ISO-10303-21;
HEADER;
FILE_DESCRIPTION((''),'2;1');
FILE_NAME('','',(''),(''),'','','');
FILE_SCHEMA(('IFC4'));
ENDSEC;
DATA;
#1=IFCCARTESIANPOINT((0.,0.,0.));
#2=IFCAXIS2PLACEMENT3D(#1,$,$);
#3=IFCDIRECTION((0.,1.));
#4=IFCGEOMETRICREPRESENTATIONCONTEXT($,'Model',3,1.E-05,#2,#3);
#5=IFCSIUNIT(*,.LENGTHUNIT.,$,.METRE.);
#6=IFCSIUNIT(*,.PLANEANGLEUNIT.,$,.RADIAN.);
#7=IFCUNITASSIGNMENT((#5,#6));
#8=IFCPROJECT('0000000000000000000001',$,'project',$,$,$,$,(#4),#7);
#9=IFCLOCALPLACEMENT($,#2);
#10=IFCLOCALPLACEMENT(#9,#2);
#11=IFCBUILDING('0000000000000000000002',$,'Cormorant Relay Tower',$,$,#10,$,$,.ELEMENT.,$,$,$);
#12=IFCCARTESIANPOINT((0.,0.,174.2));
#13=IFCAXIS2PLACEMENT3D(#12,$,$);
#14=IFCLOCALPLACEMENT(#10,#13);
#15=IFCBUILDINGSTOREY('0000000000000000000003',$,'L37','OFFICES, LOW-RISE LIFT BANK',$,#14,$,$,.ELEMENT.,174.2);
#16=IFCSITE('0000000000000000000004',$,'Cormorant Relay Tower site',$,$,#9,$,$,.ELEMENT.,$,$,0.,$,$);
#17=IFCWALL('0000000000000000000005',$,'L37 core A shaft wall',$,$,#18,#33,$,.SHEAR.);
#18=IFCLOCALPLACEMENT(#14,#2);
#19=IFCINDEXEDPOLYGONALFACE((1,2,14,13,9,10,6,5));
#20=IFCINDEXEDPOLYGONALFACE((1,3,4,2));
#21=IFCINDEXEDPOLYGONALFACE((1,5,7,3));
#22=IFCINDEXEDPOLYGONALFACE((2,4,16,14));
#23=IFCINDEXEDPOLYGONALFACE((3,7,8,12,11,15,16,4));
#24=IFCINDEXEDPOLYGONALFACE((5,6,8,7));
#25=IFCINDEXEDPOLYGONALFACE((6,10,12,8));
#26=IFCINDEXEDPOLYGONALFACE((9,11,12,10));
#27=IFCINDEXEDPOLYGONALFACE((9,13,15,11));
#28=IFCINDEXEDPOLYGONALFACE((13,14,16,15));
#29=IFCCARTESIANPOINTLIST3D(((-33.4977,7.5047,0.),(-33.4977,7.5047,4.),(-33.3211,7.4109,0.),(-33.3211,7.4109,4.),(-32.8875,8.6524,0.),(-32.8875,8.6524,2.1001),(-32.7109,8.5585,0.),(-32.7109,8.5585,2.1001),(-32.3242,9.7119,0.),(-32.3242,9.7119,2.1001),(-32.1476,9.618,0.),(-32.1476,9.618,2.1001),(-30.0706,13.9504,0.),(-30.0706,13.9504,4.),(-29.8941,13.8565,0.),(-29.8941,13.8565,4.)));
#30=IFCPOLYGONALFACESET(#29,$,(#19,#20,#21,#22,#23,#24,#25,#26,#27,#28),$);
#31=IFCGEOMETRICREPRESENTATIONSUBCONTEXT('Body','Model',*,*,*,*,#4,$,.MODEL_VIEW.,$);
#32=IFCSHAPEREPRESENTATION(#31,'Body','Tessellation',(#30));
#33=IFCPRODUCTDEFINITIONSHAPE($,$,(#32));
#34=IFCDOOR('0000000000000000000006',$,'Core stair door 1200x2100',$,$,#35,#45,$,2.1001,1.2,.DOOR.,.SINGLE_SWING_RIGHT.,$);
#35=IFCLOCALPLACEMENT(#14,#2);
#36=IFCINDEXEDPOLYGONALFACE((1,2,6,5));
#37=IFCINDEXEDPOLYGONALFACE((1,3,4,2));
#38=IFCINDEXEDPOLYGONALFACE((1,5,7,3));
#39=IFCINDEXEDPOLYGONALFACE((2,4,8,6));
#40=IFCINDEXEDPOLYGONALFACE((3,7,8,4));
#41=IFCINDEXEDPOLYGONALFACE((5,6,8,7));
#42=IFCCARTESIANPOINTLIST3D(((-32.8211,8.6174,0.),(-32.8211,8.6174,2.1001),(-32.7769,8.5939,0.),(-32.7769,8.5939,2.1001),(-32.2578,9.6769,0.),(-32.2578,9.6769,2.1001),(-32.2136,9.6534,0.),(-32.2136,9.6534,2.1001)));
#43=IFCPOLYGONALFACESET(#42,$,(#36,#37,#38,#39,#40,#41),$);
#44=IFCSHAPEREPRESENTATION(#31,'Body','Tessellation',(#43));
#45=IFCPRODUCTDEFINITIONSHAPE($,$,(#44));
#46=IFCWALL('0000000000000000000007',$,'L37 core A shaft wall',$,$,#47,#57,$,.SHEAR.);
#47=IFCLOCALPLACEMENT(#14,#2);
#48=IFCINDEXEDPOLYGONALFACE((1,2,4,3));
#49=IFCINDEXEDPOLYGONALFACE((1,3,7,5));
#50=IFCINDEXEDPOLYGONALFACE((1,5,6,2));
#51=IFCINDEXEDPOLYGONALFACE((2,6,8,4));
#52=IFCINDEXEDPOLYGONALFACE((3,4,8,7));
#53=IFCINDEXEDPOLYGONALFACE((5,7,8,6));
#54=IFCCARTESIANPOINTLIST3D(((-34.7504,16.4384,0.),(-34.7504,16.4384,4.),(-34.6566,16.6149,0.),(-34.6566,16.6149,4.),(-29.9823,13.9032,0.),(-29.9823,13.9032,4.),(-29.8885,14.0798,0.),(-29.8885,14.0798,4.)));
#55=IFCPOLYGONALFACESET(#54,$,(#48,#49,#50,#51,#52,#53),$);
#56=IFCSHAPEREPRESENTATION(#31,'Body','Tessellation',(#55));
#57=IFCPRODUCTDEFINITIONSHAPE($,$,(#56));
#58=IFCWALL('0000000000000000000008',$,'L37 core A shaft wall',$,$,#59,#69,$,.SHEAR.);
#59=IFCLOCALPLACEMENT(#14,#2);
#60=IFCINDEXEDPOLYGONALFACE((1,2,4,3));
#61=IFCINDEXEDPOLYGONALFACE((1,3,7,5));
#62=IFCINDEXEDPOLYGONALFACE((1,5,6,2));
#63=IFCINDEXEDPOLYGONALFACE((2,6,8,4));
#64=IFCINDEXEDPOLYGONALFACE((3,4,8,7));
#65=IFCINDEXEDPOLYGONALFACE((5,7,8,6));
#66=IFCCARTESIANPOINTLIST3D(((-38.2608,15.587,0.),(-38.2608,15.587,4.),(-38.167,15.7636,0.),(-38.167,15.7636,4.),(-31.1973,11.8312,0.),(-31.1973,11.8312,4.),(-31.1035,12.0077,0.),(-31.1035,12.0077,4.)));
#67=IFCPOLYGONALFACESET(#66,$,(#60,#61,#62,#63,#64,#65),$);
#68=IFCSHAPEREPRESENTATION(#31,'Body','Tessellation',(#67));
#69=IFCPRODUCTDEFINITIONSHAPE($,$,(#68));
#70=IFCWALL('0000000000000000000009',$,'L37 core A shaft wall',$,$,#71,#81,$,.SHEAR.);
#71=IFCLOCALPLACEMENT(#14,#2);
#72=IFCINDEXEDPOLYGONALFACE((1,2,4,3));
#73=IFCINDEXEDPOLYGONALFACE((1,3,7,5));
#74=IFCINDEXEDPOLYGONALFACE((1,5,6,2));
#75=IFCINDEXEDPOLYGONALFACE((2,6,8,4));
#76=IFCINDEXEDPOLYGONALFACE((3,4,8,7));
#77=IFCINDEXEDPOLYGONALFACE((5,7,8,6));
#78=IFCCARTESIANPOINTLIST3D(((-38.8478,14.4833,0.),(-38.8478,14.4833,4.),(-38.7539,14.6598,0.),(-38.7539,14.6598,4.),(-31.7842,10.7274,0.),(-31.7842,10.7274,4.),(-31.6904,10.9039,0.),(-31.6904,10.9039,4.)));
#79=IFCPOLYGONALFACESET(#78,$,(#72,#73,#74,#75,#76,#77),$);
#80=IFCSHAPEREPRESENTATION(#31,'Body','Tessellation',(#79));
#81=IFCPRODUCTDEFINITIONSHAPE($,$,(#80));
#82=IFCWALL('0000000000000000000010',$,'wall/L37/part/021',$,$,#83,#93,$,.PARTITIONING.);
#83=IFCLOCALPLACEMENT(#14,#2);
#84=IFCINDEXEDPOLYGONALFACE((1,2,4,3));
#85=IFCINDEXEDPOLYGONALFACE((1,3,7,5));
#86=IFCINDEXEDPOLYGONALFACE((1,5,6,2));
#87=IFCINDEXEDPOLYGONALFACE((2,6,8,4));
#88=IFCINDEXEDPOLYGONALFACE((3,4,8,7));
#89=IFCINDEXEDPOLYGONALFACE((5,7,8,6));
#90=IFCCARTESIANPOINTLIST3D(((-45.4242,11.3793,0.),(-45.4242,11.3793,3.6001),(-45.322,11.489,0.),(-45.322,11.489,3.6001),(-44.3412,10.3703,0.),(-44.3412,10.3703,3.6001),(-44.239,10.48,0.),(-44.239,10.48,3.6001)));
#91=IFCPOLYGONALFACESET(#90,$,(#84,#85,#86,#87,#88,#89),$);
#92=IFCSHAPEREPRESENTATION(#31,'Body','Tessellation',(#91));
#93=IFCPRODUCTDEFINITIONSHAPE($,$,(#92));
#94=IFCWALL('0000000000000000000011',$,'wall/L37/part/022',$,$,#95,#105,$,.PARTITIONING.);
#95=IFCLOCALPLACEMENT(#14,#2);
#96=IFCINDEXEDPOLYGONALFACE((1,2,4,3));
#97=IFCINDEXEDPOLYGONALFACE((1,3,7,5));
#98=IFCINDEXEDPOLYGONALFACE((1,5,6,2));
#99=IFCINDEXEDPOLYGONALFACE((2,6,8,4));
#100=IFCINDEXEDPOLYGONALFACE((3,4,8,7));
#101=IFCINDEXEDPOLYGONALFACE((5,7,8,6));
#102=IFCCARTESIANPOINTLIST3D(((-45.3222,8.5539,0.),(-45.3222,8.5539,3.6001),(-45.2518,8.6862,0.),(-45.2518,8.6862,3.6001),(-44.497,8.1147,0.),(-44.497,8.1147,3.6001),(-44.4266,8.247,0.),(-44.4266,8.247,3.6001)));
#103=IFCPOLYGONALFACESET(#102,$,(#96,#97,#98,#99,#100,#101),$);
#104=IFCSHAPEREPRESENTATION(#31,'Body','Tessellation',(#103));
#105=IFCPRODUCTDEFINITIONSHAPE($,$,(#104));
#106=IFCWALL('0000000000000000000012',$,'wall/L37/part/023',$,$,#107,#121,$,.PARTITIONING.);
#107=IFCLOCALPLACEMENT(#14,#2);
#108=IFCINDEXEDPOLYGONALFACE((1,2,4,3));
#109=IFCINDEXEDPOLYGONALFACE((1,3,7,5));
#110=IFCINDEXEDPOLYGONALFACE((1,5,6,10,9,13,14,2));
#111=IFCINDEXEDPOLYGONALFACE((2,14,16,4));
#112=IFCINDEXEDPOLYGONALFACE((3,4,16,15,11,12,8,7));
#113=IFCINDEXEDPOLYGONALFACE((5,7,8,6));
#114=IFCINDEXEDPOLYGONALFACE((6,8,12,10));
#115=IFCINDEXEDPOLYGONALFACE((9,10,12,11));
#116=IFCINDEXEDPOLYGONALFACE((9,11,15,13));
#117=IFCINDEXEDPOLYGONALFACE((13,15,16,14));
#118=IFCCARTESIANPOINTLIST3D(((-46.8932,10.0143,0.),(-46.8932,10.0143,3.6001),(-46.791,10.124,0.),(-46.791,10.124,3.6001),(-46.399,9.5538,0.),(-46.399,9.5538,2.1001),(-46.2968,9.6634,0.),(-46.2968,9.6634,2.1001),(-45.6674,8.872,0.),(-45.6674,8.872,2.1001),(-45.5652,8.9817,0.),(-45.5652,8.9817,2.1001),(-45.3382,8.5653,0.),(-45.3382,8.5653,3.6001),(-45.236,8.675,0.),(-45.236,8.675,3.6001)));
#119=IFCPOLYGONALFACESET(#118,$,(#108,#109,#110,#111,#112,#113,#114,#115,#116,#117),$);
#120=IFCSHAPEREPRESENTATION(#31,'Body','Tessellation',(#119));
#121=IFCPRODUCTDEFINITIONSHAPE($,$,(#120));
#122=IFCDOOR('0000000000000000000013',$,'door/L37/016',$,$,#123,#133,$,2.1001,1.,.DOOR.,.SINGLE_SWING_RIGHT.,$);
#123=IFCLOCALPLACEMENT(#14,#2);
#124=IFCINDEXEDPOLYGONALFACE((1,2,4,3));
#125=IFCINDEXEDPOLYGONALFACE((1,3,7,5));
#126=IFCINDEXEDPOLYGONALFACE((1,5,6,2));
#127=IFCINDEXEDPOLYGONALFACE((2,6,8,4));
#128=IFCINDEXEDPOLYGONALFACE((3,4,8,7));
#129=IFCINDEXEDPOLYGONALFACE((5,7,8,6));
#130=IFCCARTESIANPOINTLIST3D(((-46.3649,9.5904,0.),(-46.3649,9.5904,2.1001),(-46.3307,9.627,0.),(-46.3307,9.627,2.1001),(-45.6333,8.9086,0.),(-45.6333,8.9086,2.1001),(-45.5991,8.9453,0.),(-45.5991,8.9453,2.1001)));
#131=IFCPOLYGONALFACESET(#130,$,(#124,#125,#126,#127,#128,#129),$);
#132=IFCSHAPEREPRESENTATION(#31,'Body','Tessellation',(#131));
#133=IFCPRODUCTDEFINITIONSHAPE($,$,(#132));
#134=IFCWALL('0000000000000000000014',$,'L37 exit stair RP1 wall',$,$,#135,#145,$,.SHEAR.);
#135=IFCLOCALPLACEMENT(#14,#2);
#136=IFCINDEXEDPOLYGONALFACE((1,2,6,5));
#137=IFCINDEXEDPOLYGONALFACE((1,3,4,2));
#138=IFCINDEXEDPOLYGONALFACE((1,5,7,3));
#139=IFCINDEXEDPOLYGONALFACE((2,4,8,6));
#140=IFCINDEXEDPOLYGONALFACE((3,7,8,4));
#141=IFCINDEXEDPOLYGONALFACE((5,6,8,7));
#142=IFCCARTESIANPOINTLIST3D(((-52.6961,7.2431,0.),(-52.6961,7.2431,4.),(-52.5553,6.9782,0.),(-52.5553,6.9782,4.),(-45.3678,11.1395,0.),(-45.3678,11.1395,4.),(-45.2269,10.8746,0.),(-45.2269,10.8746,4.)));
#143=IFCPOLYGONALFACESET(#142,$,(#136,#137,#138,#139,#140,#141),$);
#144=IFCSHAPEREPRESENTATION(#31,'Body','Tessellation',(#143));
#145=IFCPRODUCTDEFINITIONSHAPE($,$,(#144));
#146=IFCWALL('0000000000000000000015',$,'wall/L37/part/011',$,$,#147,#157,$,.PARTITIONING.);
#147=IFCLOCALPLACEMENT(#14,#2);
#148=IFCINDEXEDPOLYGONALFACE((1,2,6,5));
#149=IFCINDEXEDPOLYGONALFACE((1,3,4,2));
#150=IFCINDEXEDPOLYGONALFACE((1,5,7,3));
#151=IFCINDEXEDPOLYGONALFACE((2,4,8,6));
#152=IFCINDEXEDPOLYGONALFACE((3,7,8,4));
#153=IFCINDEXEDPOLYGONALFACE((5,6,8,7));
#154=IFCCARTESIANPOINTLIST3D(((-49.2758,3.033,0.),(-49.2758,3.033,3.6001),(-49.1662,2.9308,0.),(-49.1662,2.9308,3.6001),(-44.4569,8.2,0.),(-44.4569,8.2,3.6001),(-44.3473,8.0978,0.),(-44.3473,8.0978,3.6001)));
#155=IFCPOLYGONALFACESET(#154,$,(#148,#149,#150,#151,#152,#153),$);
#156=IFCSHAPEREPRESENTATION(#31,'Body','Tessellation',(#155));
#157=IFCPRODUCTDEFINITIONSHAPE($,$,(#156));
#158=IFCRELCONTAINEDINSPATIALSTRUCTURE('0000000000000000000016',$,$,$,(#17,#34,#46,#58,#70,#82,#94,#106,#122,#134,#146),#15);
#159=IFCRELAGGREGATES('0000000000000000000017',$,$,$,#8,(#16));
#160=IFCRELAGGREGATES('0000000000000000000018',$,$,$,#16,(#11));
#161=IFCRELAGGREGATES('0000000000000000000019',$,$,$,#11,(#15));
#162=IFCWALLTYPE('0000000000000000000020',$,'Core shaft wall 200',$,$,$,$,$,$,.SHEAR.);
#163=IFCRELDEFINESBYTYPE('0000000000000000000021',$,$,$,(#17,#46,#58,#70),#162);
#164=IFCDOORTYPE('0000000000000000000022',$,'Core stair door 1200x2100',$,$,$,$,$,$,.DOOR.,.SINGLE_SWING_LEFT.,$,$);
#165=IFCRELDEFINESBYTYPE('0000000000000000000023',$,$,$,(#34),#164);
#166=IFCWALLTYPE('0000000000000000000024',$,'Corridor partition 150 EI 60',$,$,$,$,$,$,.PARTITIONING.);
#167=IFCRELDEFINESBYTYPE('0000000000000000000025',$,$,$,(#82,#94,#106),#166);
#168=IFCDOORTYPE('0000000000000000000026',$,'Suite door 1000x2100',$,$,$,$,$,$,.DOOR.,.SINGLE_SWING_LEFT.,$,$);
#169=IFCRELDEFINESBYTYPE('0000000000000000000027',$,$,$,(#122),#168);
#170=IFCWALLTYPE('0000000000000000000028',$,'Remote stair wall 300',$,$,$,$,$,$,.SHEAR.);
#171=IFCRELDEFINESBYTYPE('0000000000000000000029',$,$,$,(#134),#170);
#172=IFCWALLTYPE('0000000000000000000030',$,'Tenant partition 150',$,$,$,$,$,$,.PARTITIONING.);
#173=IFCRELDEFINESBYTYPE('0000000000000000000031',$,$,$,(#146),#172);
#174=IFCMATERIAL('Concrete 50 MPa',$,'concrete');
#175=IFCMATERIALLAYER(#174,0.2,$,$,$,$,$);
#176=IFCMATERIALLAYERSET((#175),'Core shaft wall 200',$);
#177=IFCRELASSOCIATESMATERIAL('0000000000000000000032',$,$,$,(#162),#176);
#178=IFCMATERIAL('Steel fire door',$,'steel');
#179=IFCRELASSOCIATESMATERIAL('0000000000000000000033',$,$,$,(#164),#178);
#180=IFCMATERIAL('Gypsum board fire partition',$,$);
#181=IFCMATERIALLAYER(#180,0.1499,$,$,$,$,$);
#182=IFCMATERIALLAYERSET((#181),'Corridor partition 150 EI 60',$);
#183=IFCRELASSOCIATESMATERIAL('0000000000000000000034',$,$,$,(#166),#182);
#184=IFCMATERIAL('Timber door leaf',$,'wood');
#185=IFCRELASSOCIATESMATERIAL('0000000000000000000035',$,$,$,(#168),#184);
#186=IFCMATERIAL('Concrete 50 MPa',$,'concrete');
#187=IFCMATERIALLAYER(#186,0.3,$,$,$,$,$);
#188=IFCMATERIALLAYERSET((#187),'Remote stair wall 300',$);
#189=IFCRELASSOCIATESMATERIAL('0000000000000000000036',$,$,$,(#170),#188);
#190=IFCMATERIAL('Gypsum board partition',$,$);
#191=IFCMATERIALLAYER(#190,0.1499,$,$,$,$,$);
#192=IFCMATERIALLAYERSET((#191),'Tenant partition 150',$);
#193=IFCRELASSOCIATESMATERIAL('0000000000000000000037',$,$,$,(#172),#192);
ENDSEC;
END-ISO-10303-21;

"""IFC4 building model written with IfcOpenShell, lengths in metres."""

from ifc_helpers import new_model, si_unit, direction, frame, frame_2d, origin, place, context, subcontext, project, spatial, rectangle, extrude, material, layer, layer_set, type_object, element, fill, save


model = new_model("IFC4")

# Units and contexts
model_context = context("Model", 3, precision=1e-05, world=origin(), true_north=direction((0.0, 1.0)))
body_context = subcontext(model_context, "Body", "Model", "MODEL_VIEW")
ifc_project = project(units=[si_unit("LENGTHUNIT", "METRE"), si_unit("PLANEANGLEUNIT", "RADIAN")], contexts=[model_context])

# Site, building, storey
site_placement = place(None, origin())
site = spatial("IfcSite", under=ifc_project, at=site_placement, Name="Cormorant Relay Tower site", CompositionType="ELEMENT", RefElevation=0.0)
building_placement = place(site_placement, origin())
building = spatial("IfcBuilding", under=site, at=building_placement, Name="Cormorant Relay Tower", CompositionType="ELEMENT")
storey_placement = place(building_placement, frame((0.0, 0.0, 174.2)))
storey = spatial("IfcBuildingStorey", under=building, at=storey_placement, Name="L37", Description="OFFICES, LOW-RISE LIFT BANK", CompositionType="ELEMENT", Elevation=174.2)

# Wall, opening, door
ifc_material_1 = material(Name="Concrete 50 MPa", Category="concrete")
ifc_layer_1 = layer(ifc_material_1, 0.2)
ifc_layer_set_1 = layer_set([ifc_layer_1], Name="Core shaft wall 200")
wall_type_1 = type_object("IfcWallType", Name="Core shaft wall 200", PredefinedType="SHEAR", material=ifc_layer_set_1)
wall_1_placement = place(storey_placement, frame((-29.9824, 13.9033, 0.0), z_axis=(0.0, 0.0, 1.0), x_axis=(-0.469454, -0.882957, 0.0)))
wall_1 = element("IfcWall", 1, at=wall_1_placement, inside=storey, type_object=wall_type_1, Name="L37 core A shaft wall", PredefinedType="SHEAR", context=body_context, shape_type="SweptSolid", body=[
    extrude(rectangle(XDim=7.3, YDim=0.2, at=frame_2d((3.6499, 0.0))), origin(), (0.0, 0.0, 1.0), 4.0),
])
opening_1_placement = place(wall_1_placement, frame((4.8, 0.0, 0.0)))
opening_1 = element("IfcOpeningElement", 2, at=opening_1_placement, cuts=wall_1, PredefinedType="OPENING", context=body_context, shape_type="SweptSolid", body=[
    extrude(rectangle(XDim=1.2, YDim=2.1001, at=frame_2d((0.6001, 1.05))), frame((0.0, 0.1099, 0.0), z_axis=(0.0, -1.0, 0.0), x_axis=(1.0, 0.0, 0.0)), (0.0, 0.0, 1.0), 0.22),
])
ifc_material_2 = material(Name="Steel fire door", Category="steel")
door_type_1 = type_object("IfcDoorType", Name="Core stair door 1200x2100", OperationType="SINGLE_SWING_LEFT", PredefinedType="DOOR", material=ifc_material_2)
door_1_placement = place(opening_1_placement, frame((1.2, 0.0, 0.0), z_axis=(0.0, 0.0, 1.0), x_axis=(-1.0, 0.0, 0.0)))
door_1 = element("IfcDoor", 3, at=door_1_placement, inside=storey, type_object=door_type_1, Name="Core stair door 1200x2100", OperationType="SINGLE_SWING_RIGHT", OverallHeight=2.1001, OverallWidth=1.2, PredefinedType="DOOR", context=body_context, shape_type="SweptSolid", body=[
    extrude(rectangle(XDim=1.2, YDim=2.1001, at=frame_2d((0.6001, 1.05))), frame((0.0, 0.0249, 0.0), z_axis=(0.0, -1.0, 0.0), x_axis=(1.0, 0.0, 0.0)), (0.0, 0.0, 1.0), 0.05),
])
fill(opening_1, door_1)

# Walls
wall_2_placement = place(storey_placement, frame((-29.9353, 13.9915, 0.0), z_axis=(0.0, 0.0, 1.0), x_axis=(-0.882953, 0.469462, 0.0)))
element("IfcWall", 4, at=wall_2_placement, inside=storey, type_object=wall_type_1, Name="L37 core A shaft wall", PredefinedType="SHEAR", context=body_context, shape_type="SweptSolid", body=[
    extrude(rectangle(XDim=5.4001, YDim=0.2, at=frame_2d((2.7002, 0.0))), origin(), (0.0, 0.0, 1.0), 4.0),
])
for number, where, z_axis, x_axis, name in (
    (5, (-31.1504, 11.9194, 0.0), (0.0, 0.0, 1.0), (-0.88294, 0.469485, 0.0), "L37 core A shaft wall"),
    (6, (-31.7373, 10.8157, 0.0), (0.0, 0.0, 1.0), (-0.88294, 0.469485, 0.0), "L37 core A shaft wall"),
):
    element("IfcWall", number, at=place(storey_placement, frame(where, z_axis=z_axis, x_axis=x_axis)), inside=storey, type_object=wall_type_1, Name=name, PredefinedType="SHEAR", context=body_context, shape_type="SweptSolid", body=[
        extrude(rectangle(XDim=8.0, YDim=0.2, at=frame_2d((4.0, 0.0))), origin(), (0.0, 0.0, 1.0), 4.0),
    ])
ifc_material_3 = material(Name="Gypsum board fire partition")
ifc_layer_2 = layer(ifc_material_3, 0.1499)
ifc_layer_set_2 = layer_set([ifc_layer_2], Name="Corridor partition 150 EI 60")
wall_type_2 = type_object("IfcWallType", Name="Corridor partition 150 EI 60", PredefinedType="PARTITIONING", material=ifc_layer_set_2)
wall_3_placement = place(storey_placement, frame((-44.29, 10.425, 0.0), z_axis=(0.0, 0.0, 1.0), x_axis=(-0.731653, 0.681677, 0.0)))
element("IfcWall", 7, at=wall_3_placement, inside=storey, type_object=wall_type_2, Name="wall/L37/part/021", PredefinedType="PARTITIONING", context=body_context, shape_type="SweptSolid", body=[
    extrude(rectangle(XDim=1.4802, YDim=0.1499, at=frame_2d((0.7402, 0.0))), origin(), (0.0, 0.0, 1.0), 3.6001),
])
wall_4_placement = place(storey_placement, frame((-44.4619, 8.1809, 0.0), z_axis=(0.0, 0.0, 1.0), x_axis=(-0.88275, 0.469843, 0.0)))
element("IfcWall", 8, at=wall_4_placement, inside=storey, type_object=wall_type_2, Name="wall/L37/part/022", PredefinedType="PARTITIONING", context=body_context, shape_type="SweptSolid", body=[
    extrude(rectangle(XDim=0.9348, YDim=0.1499, at=frame_2d((0.4673, 0.0))), origin(), (0.0, 0.0, 1.0), 3.6001),
])

# Wall, opening, door
wall_5_placement = place(storey_placement, frame((-45.2871, 8.6201, 0.0), z_axis=(0.0, 0.0, 1.0), x_axis=(-0.731594, 0.681741, 0.0)))
wall_5 = element("IfcWall", 9, at=wall_5_placement, inside=storey, type_object=wall_type_2, Name="wall/L37/part/023", PredefinedType="PARTITIONING", context=body_context, shape_type="SweptSolid", body=[
    extrude(rectangle(XDim=2.1255, YDim=0.1499, at=frame_2d((1.0627, 0.0))), origin(), (0.0, 0.0, 1.0), 3.6001),
])
opening_2_placement = place(wall_5_placement, frame((0.45, 0.0, 0.0)))
opening_2 = element("IfcOpeningElement", 10, at=opening_2_placement, cuts=wall_5, PredefinedType="OPENING", context=body_context, shape_type="SweptSolid", body=[
    extrude(rectangle(XDim=1.0, YDim=2.1001, at=frame_2d((0.5, 1.05))), frame((0.0, 0.085, 0.0), z_axis=(0.0, -1.0, 0.0), x_axis=(1.0, 0.0, 0.0)), (0.0, 0.0, 1.0), 0.1699),
])
ifc_material_4 = material(Name="Timber door leaf", Category="wood")
door_type_2 = type_object("IfcDoorType", Name="Suite door 1000x2100", OperationType="SINGLE_SWING_LEFT", PredefinedType="DOOR", material=ifc_material_4)
door_2_placement = place(opening_2_placement, origin())
door_2 = element("IfcDoor", 11, at=door_2_placement, inside=storey, type_object=door_type_2, Name="door/L37/016", OperationType="SINGLE_SWING_RIGHT", OverallHeight=2.1001, OverallWidth=1.0, PredefinedType="DOOR", context=body_context, shape_type="SweptSolid", body=[
    extrude(rectangle(XDim=1.0, YDim=2.1001, at=frame_2d((0.5, 1.05))), frame((0.0, 0.0249, 0.0), z_axis=(0.0, -1.0, 0.0), x_axis=(1.0, 0.0, 0.0)), (0.0, 0.0, 1.0), 0.05),
])
fill(opening_2, door_2)

# Walls
ifc_material_5 = material(Name="Concrete 50 MPa", Category="concrete")
ifc_layer_3 = layer(ifc_material_5, 0.3)
ifc_layer_set_3 = layer_set([ifc_layer_3], Name="Remote stair wall 300")
wall_type_3 = type_object("IfcWallType", Name="Remote stair wall 300", PredefinedType="SHEAR", material=ifc_layer_set_3)
wall_6_placement = place(storey_placement, frame((-45.2974, 11.0071, 0.0), z_axis=(0.0, 0.0, 1.0), x_axis=(-0.882952, -0.469464, 0.0)))
element("IfcWall", 12, at=wall_6_placement, inside=storey, type_object=wall_type_3, Name="L37 exit stair RP1 wall", PredefinedType="SHEAR", context=body_context, shape_type="SweptSolid", body=[
    extrude(rectangle(XDim=8.2998, YDim=0.3, at=frame_2d((4.1499, 0.0))), origin(), (0.0, 0.0, 1.0), 4.0),
])
ifc_material_6 = material(Name="Gypsum board partition")
ifc_layer_4 = layer(ifc_material_6, 0.1499)
ifc_layer_set_4 = layer_set([ifc_layer_4], Name="Tenant partition 150")
wall_type_4 = type_object("IfcWallType", Name="Tenant partition 150", PredefinedType="PARTITIONING", material=ifc_layer_set_4)
wall_7_placement = place(storey_placement, frame((-44.4021, 8.1489, 0.0), z_axis=(0.0, 0.0, 1.0), x_axis=(-0.68204, -0.731315, 0.0)))
element("IfcWall", 13, at=wall_7_placement, inside=storey, type_object=wall_type_4, Name="wall/L37/part/011", PredefinedType="PARTITIONING", context=body_context, shape_type="SweptSolid", body=[
    extrude(rectangle(XDim=7.0654, YDim=0.1499, at=frame_2d((3.5327, 0.0))), origin(), (0.0, 0.0, 1.0), 3.6001),
])

save(model, "model.ifc")
